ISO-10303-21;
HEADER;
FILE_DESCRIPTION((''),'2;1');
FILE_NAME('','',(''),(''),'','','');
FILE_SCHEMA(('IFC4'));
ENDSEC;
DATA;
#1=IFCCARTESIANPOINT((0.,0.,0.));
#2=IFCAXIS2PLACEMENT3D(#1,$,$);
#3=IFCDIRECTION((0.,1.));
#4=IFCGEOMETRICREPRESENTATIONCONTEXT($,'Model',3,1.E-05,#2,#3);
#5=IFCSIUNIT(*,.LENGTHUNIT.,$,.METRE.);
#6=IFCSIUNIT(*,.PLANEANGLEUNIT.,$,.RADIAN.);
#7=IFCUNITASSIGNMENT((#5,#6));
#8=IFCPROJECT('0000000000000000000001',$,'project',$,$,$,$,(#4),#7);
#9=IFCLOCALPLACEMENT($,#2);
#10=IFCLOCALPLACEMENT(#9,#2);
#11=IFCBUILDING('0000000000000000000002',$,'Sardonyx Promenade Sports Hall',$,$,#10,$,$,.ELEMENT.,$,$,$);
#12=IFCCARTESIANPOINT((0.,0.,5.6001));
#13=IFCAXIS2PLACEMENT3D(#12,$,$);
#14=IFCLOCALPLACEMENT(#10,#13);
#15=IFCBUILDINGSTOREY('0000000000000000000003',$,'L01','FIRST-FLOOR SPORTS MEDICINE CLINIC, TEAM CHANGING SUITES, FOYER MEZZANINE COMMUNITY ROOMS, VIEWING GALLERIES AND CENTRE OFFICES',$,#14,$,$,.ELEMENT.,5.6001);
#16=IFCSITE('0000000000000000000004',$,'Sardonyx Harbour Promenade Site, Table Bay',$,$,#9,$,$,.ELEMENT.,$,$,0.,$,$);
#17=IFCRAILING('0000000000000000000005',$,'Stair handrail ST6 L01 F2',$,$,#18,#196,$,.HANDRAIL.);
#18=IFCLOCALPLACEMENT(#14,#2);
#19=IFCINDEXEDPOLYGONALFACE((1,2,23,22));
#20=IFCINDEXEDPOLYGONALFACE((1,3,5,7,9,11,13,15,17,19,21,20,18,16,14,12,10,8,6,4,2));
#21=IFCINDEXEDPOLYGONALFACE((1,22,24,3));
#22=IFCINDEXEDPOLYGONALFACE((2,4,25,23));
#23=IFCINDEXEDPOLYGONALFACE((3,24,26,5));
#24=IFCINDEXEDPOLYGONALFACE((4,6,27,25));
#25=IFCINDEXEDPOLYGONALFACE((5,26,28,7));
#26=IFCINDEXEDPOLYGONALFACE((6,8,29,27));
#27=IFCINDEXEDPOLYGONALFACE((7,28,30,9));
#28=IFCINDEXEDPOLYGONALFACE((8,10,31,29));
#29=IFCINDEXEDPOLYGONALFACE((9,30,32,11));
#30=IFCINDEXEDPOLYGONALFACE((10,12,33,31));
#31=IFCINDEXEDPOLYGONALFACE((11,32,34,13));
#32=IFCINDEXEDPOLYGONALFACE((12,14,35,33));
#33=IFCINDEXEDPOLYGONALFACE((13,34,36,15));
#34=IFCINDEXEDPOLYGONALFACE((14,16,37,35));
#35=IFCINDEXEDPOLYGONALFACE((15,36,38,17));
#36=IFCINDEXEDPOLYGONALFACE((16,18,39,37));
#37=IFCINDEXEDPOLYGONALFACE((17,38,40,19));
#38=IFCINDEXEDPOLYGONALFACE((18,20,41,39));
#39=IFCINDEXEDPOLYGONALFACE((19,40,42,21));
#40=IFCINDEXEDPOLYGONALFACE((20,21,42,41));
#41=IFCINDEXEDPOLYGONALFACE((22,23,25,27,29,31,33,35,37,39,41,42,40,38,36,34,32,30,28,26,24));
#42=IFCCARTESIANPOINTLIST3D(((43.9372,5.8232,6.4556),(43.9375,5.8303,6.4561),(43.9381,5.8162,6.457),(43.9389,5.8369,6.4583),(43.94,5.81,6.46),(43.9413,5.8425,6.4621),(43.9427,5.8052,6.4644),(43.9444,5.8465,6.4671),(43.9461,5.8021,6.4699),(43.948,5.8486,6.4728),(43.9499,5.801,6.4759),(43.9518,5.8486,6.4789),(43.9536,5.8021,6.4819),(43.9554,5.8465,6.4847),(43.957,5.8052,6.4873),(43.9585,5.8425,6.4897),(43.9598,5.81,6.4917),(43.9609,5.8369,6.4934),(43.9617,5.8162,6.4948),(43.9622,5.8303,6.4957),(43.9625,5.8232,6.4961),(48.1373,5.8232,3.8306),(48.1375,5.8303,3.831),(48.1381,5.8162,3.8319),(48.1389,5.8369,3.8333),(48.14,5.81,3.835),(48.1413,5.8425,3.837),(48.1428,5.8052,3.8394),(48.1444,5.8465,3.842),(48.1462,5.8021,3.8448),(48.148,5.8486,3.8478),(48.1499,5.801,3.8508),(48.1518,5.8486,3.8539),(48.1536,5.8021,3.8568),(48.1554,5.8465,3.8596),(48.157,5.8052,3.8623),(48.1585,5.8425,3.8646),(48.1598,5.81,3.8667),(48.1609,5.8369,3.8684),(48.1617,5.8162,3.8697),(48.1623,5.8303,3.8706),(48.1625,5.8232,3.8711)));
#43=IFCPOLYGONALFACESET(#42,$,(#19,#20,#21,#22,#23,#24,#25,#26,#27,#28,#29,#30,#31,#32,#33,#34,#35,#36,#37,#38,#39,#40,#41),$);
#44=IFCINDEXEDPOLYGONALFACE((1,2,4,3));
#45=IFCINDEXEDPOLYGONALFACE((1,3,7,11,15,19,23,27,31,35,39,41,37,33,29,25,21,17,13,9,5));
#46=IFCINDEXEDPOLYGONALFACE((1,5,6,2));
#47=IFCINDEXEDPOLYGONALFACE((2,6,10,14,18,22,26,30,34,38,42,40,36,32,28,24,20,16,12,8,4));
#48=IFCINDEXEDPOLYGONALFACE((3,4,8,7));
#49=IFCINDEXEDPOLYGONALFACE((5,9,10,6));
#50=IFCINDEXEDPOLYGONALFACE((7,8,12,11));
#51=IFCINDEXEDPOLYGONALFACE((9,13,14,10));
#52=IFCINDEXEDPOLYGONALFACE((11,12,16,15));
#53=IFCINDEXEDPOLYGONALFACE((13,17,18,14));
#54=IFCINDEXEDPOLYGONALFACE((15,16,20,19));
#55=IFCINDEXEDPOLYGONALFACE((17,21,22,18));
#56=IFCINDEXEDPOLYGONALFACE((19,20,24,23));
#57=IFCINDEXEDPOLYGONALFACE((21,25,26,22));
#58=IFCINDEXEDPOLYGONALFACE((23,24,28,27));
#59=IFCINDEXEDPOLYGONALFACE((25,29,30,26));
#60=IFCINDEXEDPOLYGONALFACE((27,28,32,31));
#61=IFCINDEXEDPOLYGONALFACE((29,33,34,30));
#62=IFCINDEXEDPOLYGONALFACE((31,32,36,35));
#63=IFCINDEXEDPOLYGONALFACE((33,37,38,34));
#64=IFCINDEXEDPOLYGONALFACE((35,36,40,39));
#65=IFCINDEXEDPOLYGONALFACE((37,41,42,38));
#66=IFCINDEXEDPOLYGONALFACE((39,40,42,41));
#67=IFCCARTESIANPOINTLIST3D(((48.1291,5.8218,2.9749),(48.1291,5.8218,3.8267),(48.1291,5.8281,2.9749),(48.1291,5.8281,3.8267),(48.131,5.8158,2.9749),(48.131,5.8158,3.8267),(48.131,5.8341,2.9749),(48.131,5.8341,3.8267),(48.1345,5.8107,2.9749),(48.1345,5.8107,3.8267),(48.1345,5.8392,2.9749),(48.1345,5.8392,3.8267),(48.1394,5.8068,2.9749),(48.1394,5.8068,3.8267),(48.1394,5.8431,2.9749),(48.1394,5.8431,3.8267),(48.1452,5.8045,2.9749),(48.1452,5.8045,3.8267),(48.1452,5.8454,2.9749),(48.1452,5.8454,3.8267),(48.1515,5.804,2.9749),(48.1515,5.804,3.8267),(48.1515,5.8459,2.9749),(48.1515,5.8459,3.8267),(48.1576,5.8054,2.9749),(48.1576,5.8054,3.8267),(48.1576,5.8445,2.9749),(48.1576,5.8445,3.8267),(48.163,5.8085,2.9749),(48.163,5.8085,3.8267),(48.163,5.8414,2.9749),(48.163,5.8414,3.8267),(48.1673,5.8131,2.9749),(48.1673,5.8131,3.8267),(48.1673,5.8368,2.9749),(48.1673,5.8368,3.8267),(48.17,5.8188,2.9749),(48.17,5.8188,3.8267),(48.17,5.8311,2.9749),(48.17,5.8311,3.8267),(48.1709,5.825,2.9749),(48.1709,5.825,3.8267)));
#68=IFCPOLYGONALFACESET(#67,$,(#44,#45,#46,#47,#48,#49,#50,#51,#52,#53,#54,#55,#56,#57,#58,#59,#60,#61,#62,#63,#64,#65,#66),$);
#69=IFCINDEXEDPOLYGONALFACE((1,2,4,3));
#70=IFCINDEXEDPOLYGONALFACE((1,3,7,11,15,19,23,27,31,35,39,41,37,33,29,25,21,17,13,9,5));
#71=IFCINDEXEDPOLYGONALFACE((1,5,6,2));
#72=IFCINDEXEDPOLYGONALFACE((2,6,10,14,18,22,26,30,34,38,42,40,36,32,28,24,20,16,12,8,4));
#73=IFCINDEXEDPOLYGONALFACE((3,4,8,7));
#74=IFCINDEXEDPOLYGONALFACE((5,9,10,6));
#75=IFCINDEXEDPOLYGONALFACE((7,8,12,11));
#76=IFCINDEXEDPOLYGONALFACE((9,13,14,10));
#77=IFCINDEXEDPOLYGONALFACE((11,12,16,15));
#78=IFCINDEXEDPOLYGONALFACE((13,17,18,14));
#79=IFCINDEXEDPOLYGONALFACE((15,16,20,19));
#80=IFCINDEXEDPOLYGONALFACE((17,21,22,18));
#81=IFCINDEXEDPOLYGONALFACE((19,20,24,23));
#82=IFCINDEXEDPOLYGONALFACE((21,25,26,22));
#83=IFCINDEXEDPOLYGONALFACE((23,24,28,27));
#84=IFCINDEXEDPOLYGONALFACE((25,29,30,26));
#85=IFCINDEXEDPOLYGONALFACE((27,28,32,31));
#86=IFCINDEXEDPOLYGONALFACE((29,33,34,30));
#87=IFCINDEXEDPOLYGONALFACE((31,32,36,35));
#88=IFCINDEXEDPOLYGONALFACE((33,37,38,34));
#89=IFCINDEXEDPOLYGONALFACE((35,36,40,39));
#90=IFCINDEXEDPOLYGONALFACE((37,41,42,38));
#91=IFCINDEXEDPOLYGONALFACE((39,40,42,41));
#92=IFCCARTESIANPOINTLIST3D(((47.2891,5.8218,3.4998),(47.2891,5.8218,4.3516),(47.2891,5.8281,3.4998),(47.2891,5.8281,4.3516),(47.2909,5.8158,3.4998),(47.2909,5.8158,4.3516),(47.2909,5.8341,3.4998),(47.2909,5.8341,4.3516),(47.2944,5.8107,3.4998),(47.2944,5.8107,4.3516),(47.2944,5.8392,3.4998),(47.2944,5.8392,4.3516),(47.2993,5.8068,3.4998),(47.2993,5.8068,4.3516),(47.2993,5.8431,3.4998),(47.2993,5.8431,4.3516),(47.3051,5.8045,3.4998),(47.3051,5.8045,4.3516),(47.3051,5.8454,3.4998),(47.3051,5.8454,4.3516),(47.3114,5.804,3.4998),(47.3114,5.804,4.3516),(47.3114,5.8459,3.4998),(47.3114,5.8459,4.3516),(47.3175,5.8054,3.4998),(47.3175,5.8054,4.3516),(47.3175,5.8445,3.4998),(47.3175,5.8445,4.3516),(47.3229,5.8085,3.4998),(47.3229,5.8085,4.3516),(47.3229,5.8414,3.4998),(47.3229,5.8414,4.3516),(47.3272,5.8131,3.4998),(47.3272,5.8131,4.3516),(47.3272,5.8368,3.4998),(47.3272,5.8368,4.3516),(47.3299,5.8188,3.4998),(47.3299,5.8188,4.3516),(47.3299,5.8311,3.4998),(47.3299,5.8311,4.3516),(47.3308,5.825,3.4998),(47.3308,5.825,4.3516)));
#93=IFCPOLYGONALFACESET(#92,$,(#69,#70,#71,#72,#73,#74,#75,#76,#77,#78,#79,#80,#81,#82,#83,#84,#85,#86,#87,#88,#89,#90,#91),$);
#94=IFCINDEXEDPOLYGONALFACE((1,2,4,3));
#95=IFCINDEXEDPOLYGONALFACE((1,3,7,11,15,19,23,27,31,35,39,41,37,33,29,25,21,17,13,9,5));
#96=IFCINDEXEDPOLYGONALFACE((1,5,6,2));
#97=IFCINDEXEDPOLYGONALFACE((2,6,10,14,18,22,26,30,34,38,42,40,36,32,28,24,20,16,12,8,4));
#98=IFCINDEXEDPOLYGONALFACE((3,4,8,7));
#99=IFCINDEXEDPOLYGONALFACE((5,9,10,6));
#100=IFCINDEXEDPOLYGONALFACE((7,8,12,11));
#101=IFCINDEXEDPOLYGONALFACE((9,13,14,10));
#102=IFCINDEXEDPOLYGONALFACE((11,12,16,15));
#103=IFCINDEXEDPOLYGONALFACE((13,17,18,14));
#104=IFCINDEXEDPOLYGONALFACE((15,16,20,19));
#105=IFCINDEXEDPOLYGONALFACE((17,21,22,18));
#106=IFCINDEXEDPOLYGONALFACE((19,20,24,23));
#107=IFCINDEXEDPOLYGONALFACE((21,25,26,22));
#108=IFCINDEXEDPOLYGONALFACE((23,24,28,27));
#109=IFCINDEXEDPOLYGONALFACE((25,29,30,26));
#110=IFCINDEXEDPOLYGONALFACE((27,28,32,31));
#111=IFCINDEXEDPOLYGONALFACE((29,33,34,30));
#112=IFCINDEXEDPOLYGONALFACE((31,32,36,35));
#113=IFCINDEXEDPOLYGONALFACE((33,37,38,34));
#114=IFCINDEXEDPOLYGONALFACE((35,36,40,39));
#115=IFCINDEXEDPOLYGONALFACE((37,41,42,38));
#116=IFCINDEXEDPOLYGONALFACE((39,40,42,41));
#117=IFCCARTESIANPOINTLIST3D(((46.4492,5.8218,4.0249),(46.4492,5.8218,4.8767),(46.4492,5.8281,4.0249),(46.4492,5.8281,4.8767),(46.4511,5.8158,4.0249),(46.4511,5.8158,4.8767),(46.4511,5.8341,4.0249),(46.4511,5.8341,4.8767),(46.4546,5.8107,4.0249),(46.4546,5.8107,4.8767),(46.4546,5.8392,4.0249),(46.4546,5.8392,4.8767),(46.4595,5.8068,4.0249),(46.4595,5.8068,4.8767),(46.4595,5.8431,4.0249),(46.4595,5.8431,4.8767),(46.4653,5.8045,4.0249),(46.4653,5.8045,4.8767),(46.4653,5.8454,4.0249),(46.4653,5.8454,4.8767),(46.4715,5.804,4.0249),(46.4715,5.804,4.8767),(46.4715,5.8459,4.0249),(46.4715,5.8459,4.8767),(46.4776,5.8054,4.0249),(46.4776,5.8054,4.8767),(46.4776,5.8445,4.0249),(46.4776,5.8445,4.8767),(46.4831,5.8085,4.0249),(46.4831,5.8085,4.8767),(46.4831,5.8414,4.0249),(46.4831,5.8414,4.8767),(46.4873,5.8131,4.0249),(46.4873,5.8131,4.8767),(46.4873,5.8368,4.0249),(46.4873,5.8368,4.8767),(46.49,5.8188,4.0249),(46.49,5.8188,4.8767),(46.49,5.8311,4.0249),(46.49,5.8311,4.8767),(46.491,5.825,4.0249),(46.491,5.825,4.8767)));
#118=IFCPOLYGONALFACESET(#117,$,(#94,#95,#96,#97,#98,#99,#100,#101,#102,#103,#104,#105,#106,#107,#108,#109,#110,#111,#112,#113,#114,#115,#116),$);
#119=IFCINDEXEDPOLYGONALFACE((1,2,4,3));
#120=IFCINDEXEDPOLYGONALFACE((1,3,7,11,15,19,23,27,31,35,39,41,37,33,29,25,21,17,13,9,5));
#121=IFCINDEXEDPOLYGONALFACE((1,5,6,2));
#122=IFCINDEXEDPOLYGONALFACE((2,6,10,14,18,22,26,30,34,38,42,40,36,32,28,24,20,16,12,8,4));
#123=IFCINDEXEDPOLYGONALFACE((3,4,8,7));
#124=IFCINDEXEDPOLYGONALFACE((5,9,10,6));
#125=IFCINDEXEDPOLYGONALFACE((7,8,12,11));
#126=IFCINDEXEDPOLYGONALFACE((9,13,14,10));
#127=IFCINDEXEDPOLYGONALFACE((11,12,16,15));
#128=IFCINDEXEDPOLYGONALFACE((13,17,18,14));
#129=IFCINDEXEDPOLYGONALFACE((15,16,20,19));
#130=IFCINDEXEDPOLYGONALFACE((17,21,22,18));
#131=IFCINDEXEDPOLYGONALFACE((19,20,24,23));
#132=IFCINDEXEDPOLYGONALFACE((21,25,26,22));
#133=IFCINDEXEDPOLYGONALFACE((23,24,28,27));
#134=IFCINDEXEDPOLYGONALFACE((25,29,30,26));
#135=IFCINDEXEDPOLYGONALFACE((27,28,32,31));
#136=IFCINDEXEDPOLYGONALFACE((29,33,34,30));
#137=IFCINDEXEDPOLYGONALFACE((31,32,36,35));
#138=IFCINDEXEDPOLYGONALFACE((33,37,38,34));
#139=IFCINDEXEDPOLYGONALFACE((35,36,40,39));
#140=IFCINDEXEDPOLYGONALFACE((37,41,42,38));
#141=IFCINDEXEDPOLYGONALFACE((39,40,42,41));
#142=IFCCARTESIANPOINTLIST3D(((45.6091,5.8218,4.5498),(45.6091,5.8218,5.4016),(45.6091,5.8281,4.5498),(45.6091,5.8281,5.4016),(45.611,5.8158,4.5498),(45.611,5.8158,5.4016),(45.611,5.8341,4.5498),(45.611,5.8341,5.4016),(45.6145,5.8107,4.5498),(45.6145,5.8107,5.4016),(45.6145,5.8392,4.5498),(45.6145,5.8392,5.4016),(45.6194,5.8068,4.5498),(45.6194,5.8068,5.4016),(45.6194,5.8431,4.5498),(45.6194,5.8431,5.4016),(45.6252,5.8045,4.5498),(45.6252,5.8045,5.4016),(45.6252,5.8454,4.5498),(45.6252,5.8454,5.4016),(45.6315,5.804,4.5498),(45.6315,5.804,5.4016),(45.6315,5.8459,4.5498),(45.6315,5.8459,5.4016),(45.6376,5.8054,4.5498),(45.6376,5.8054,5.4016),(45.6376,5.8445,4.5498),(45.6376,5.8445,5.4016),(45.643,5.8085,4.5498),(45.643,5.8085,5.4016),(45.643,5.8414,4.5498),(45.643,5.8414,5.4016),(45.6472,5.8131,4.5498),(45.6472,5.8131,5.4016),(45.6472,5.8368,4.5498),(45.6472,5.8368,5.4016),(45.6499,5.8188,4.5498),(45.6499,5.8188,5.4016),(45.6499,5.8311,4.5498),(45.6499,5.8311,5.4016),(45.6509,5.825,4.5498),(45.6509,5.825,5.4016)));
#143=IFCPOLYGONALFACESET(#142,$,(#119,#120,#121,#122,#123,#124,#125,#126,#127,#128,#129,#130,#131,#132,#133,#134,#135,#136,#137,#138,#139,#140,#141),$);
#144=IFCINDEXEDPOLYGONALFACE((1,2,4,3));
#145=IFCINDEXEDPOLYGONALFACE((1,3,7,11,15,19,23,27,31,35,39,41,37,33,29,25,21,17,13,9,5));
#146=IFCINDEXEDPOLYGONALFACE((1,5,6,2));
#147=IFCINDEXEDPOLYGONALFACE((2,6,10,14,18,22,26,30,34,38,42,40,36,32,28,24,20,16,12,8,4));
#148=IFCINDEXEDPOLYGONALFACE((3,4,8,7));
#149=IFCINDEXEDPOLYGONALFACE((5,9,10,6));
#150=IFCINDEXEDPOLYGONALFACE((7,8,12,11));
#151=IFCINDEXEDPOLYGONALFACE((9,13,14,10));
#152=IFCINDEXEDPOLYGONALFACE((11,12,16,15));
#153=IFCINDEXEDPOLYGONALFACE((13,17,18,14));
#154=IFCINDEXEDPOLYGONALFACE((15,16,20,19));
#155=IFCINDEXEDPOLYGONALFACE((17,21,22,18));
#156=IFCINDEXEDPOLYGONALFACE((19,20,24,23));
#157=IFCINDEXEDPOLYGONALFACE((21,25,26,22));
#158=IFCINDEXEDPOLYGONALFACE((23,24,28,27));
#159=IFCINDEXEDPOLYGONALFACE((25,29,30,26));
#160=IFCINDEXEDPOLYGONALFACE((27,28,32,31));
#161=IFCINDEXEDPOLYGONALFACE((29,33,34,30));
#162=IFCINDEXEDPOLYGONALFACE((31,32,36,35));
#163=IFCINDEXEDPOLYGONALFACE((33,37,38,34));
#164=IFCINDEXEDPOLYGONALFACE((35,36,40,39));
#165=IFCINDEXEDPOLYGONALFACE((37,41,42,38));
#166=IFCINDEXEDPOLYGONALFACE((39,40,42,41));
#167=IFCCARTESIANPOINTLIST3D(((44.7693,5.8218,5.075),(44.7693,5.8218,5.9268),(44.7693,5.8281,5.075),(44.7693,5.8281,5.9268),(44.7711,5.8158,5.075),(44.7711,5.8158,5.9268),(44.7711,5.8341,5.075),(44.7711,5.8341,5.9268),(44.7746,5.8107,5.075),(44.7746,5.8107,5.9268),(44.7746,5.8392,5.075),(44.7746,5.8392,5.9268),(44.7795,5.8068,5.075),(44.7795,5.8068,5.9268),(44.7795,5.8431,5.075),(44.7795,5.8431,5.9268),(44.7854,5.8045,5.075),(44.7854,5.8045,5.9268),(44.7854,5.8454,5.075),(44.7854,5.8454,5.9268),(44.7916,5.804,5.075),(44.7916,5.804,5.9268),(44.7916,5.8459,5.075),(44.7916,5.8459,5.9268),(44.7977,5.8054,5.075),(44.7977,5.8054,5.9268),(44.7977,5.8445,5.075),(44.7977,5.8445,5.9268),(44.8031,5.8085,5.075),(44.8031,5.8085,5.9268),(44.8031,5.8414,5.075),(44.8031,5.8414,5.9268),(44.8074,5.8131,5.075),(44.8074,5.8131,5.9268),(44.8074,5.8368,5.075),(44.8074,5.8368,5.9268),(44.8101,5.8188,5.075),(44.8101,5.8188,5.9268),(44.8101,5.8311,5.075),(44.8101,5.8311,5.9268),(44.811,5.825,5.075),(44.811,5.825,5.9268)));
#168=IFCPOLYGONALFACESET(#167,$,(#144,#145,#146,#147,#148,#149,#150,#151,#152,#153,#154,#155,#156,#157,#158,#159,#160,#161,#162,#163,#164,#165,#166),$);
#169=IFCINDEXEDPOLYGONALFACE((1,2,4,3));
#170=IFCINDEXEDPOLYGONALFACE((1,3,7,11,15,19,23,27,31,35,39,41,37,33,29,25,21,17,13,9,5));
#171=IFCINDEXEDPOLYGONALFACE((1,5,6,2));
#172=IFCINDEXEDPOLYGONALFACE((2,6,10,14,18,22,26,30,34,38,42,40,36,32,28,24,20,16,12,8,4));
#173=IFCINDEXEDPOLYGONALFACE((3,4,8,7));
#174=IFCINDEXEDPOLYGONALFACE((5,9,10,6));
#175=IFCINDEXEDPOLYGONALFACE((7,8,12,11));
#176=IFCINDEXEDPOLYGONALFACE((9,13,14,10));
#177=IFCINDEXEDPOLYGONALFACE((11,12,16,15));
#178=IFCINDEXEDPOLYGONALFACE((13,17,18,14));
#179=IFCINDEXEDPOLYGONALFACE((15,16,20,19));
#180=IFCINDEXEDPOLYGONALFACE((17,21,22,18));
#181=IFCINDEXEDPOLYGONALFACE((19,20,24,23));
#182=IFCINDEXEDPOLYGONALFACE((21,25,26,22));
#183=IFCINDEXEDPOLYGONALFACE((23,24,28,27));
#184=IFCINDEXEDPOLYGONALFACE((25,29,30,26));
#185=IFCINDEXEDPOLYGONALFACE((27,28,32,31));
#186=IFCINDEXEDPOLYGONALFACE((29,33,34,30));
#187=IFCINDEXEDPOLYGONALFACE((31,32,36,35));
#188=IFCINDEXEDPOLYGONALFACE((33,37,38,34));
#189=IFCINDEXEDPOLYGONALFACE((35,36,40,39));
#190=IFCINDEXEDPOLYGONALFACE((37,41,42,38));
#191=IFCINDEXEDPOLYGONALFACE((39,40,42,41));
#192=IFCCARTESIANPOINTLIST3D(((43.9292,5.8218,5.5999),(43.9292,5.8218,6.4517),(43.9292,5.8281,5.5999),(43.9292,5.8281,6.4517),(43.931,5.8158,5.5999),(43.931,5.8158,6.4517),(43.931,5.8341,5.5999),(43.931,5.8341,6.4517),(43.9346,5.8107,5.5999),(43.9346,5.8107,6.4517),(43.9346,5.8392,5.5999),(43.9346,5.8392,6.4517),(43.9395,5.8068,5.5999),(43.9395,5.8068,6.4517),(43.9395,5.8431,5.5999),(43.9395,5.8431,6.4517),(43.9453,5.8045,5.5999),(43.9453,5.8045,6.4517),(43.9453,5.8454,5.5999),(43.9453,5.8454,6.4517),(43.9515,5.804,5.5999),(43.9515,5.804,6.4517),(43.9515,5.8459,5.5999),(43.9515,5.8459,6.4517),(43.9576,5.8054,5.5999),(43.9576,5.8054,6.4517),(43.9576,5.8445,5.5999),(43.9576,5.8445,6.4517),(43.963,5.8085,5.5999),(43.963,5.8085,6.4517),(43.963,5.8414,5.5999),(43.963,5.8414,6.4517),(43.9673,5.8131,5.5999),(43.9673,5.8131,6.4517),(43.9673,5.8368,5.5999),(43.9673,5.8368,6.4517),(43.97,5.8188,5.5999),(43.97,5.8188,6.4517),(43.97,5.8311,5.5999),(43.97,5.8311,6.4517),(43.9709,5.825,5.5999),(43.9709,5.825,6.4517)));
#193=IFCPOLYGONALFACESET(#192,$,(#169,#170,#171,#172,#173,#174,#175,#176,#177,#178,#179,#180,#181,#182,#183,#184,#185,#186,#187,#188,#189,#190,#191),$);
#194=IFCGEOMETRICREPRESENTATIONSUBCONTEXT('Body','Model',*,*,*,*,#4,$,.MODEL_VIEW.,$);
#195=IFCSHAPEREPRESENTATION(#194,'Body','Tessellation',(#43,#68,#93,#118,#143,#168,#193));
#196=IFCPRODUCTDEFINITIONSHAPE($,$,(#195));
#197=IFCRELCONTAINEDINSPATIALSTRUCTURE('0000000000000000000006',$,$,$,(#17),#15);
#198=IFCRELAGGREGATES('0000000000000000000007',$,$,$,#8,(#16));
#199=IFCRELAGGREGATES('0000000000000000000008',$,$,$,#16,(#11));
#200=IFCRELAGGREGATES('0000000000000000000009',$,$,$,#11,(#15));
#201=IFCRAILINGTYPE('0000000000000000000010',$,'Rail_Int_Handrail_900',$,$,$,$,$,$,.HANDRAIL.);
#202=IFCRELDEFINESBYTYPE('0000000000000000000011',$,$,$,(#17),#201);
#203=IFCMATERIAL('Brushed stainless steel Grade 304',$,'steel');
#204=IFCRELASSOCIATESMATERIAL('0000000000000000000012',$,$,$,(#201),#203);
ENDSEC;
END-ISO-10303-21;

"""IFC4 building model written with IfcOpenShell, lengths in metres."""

from ifc_helpers import new_model, si_unit, direction, frame, origin, origin_2d, place, context, subcontext, project, spatial, circle, extrude, material, type_object, element, save


model = new_model("IFC4")

# Units and contexts
model_context = context("Model", 3, precision=1e-05, world=origin(), true_north=direction((0.0, 1.0)))
body_context = subcontext(model_context, "Body", "Model", "MODEL_VIEW")
ifc_project = project(units=[si_unit("LENGTHUNIT", "METRE"), si_unit("PLANEANGLEUNIT", "RADIAN")], contexts=[model_context])

# Site, building, storey
site_placement = place(None, origin())
site = spatial("IfcSite", under=ifc_project, at=site_placement, Name="Sardonyx Harbour Promenade Site, Table Bay", CompositionType="ELEMENT", RefElevation=0.0)
building_placement = place(site_placement, origin())
building = spatial("IfcBuilding", under=site, at=building_placement, Name="Sardonyx Promenade Sports Hall", CompositionType="ELEMENT")
storey_placement = place(building_placement, frame((0.0, 0.0, 5.6001)))
storey = spatial("IfcBuildingStorey", under=building, at=storey_placement, Name="L01", Description="FIRST-FLOOR SPORTS MEDICINE CLINIC, TEAM CHANGING SUITES, FOYER MEZZANINE COMMUNITY ROOMS, VIEWING GALLERIES AND CENTRE OFFICES", CompositionType="ELEMENT", Elevation=5.6001)

# Railing
ifc_material_1 = material(Name="Brushed stainless steel Grade 304", Category="steel")
railing_type = type_object("IfcRailingType", Name="Rail_Int_Handrail_900", PredefinedType="HANDRAIL", material=ifc_material_1)
railing_placement = place(storey_placement, frame((48.1499, 5.825, 2.9749)))
element("IfcRailing", 1, at=railing_placement, inside=storey, type_object=railing_type, Name="Stair handrail ST6 L01 F2", PredefinedType="HANDRAIL", context=body_context, shape_type="SweptSolid", body=[
    extrude(circle(Radius=0.0239, at=origin_2d()), frame((0.0, 0.0, 0.876), z_axis=(-0.847996, 0.0, 0.530003), x_axis=(0.0, -1.0, 0.0)), (0.0, 0.0, 1.0), 4.9529),
    extrude(circle(Radius=0.021, at=origin_2d()), origin(), (0.0, 0.0, 1.0), 0.8518),
    extrude(circle(Radius=0.021, at=origin_2d()), frame((-0.8401, 0.0, 0.5249)), (0.0, 0.0, 1.0), 0.8518),
    extrude(circle(Radius=0.021, at=origin_2d()), frame((-1.6799, 0.0, 1.05)), (0.0, 0.0, 1.0), 0.8518),
    extrude(circle(Radius=0.021, at=origin_2d()), frame((-2.52, 0.0, 1.575)), (0.0, 0.0, 1.0), 0.8518),
    extrude(circle(Radius=0.021, at=origin_2d()), frame((-3.3599, 0.0, 2.1001)), (0.0, 0.0, 1.0), 0.8518),
    extrude(circle(Radius=0.021, at=origin_2d()), frame((-4.2, 0.0, 2.625)), (0.0, 0.0, 1.0), 0.8518),
])

save(model, "model.ifc")
